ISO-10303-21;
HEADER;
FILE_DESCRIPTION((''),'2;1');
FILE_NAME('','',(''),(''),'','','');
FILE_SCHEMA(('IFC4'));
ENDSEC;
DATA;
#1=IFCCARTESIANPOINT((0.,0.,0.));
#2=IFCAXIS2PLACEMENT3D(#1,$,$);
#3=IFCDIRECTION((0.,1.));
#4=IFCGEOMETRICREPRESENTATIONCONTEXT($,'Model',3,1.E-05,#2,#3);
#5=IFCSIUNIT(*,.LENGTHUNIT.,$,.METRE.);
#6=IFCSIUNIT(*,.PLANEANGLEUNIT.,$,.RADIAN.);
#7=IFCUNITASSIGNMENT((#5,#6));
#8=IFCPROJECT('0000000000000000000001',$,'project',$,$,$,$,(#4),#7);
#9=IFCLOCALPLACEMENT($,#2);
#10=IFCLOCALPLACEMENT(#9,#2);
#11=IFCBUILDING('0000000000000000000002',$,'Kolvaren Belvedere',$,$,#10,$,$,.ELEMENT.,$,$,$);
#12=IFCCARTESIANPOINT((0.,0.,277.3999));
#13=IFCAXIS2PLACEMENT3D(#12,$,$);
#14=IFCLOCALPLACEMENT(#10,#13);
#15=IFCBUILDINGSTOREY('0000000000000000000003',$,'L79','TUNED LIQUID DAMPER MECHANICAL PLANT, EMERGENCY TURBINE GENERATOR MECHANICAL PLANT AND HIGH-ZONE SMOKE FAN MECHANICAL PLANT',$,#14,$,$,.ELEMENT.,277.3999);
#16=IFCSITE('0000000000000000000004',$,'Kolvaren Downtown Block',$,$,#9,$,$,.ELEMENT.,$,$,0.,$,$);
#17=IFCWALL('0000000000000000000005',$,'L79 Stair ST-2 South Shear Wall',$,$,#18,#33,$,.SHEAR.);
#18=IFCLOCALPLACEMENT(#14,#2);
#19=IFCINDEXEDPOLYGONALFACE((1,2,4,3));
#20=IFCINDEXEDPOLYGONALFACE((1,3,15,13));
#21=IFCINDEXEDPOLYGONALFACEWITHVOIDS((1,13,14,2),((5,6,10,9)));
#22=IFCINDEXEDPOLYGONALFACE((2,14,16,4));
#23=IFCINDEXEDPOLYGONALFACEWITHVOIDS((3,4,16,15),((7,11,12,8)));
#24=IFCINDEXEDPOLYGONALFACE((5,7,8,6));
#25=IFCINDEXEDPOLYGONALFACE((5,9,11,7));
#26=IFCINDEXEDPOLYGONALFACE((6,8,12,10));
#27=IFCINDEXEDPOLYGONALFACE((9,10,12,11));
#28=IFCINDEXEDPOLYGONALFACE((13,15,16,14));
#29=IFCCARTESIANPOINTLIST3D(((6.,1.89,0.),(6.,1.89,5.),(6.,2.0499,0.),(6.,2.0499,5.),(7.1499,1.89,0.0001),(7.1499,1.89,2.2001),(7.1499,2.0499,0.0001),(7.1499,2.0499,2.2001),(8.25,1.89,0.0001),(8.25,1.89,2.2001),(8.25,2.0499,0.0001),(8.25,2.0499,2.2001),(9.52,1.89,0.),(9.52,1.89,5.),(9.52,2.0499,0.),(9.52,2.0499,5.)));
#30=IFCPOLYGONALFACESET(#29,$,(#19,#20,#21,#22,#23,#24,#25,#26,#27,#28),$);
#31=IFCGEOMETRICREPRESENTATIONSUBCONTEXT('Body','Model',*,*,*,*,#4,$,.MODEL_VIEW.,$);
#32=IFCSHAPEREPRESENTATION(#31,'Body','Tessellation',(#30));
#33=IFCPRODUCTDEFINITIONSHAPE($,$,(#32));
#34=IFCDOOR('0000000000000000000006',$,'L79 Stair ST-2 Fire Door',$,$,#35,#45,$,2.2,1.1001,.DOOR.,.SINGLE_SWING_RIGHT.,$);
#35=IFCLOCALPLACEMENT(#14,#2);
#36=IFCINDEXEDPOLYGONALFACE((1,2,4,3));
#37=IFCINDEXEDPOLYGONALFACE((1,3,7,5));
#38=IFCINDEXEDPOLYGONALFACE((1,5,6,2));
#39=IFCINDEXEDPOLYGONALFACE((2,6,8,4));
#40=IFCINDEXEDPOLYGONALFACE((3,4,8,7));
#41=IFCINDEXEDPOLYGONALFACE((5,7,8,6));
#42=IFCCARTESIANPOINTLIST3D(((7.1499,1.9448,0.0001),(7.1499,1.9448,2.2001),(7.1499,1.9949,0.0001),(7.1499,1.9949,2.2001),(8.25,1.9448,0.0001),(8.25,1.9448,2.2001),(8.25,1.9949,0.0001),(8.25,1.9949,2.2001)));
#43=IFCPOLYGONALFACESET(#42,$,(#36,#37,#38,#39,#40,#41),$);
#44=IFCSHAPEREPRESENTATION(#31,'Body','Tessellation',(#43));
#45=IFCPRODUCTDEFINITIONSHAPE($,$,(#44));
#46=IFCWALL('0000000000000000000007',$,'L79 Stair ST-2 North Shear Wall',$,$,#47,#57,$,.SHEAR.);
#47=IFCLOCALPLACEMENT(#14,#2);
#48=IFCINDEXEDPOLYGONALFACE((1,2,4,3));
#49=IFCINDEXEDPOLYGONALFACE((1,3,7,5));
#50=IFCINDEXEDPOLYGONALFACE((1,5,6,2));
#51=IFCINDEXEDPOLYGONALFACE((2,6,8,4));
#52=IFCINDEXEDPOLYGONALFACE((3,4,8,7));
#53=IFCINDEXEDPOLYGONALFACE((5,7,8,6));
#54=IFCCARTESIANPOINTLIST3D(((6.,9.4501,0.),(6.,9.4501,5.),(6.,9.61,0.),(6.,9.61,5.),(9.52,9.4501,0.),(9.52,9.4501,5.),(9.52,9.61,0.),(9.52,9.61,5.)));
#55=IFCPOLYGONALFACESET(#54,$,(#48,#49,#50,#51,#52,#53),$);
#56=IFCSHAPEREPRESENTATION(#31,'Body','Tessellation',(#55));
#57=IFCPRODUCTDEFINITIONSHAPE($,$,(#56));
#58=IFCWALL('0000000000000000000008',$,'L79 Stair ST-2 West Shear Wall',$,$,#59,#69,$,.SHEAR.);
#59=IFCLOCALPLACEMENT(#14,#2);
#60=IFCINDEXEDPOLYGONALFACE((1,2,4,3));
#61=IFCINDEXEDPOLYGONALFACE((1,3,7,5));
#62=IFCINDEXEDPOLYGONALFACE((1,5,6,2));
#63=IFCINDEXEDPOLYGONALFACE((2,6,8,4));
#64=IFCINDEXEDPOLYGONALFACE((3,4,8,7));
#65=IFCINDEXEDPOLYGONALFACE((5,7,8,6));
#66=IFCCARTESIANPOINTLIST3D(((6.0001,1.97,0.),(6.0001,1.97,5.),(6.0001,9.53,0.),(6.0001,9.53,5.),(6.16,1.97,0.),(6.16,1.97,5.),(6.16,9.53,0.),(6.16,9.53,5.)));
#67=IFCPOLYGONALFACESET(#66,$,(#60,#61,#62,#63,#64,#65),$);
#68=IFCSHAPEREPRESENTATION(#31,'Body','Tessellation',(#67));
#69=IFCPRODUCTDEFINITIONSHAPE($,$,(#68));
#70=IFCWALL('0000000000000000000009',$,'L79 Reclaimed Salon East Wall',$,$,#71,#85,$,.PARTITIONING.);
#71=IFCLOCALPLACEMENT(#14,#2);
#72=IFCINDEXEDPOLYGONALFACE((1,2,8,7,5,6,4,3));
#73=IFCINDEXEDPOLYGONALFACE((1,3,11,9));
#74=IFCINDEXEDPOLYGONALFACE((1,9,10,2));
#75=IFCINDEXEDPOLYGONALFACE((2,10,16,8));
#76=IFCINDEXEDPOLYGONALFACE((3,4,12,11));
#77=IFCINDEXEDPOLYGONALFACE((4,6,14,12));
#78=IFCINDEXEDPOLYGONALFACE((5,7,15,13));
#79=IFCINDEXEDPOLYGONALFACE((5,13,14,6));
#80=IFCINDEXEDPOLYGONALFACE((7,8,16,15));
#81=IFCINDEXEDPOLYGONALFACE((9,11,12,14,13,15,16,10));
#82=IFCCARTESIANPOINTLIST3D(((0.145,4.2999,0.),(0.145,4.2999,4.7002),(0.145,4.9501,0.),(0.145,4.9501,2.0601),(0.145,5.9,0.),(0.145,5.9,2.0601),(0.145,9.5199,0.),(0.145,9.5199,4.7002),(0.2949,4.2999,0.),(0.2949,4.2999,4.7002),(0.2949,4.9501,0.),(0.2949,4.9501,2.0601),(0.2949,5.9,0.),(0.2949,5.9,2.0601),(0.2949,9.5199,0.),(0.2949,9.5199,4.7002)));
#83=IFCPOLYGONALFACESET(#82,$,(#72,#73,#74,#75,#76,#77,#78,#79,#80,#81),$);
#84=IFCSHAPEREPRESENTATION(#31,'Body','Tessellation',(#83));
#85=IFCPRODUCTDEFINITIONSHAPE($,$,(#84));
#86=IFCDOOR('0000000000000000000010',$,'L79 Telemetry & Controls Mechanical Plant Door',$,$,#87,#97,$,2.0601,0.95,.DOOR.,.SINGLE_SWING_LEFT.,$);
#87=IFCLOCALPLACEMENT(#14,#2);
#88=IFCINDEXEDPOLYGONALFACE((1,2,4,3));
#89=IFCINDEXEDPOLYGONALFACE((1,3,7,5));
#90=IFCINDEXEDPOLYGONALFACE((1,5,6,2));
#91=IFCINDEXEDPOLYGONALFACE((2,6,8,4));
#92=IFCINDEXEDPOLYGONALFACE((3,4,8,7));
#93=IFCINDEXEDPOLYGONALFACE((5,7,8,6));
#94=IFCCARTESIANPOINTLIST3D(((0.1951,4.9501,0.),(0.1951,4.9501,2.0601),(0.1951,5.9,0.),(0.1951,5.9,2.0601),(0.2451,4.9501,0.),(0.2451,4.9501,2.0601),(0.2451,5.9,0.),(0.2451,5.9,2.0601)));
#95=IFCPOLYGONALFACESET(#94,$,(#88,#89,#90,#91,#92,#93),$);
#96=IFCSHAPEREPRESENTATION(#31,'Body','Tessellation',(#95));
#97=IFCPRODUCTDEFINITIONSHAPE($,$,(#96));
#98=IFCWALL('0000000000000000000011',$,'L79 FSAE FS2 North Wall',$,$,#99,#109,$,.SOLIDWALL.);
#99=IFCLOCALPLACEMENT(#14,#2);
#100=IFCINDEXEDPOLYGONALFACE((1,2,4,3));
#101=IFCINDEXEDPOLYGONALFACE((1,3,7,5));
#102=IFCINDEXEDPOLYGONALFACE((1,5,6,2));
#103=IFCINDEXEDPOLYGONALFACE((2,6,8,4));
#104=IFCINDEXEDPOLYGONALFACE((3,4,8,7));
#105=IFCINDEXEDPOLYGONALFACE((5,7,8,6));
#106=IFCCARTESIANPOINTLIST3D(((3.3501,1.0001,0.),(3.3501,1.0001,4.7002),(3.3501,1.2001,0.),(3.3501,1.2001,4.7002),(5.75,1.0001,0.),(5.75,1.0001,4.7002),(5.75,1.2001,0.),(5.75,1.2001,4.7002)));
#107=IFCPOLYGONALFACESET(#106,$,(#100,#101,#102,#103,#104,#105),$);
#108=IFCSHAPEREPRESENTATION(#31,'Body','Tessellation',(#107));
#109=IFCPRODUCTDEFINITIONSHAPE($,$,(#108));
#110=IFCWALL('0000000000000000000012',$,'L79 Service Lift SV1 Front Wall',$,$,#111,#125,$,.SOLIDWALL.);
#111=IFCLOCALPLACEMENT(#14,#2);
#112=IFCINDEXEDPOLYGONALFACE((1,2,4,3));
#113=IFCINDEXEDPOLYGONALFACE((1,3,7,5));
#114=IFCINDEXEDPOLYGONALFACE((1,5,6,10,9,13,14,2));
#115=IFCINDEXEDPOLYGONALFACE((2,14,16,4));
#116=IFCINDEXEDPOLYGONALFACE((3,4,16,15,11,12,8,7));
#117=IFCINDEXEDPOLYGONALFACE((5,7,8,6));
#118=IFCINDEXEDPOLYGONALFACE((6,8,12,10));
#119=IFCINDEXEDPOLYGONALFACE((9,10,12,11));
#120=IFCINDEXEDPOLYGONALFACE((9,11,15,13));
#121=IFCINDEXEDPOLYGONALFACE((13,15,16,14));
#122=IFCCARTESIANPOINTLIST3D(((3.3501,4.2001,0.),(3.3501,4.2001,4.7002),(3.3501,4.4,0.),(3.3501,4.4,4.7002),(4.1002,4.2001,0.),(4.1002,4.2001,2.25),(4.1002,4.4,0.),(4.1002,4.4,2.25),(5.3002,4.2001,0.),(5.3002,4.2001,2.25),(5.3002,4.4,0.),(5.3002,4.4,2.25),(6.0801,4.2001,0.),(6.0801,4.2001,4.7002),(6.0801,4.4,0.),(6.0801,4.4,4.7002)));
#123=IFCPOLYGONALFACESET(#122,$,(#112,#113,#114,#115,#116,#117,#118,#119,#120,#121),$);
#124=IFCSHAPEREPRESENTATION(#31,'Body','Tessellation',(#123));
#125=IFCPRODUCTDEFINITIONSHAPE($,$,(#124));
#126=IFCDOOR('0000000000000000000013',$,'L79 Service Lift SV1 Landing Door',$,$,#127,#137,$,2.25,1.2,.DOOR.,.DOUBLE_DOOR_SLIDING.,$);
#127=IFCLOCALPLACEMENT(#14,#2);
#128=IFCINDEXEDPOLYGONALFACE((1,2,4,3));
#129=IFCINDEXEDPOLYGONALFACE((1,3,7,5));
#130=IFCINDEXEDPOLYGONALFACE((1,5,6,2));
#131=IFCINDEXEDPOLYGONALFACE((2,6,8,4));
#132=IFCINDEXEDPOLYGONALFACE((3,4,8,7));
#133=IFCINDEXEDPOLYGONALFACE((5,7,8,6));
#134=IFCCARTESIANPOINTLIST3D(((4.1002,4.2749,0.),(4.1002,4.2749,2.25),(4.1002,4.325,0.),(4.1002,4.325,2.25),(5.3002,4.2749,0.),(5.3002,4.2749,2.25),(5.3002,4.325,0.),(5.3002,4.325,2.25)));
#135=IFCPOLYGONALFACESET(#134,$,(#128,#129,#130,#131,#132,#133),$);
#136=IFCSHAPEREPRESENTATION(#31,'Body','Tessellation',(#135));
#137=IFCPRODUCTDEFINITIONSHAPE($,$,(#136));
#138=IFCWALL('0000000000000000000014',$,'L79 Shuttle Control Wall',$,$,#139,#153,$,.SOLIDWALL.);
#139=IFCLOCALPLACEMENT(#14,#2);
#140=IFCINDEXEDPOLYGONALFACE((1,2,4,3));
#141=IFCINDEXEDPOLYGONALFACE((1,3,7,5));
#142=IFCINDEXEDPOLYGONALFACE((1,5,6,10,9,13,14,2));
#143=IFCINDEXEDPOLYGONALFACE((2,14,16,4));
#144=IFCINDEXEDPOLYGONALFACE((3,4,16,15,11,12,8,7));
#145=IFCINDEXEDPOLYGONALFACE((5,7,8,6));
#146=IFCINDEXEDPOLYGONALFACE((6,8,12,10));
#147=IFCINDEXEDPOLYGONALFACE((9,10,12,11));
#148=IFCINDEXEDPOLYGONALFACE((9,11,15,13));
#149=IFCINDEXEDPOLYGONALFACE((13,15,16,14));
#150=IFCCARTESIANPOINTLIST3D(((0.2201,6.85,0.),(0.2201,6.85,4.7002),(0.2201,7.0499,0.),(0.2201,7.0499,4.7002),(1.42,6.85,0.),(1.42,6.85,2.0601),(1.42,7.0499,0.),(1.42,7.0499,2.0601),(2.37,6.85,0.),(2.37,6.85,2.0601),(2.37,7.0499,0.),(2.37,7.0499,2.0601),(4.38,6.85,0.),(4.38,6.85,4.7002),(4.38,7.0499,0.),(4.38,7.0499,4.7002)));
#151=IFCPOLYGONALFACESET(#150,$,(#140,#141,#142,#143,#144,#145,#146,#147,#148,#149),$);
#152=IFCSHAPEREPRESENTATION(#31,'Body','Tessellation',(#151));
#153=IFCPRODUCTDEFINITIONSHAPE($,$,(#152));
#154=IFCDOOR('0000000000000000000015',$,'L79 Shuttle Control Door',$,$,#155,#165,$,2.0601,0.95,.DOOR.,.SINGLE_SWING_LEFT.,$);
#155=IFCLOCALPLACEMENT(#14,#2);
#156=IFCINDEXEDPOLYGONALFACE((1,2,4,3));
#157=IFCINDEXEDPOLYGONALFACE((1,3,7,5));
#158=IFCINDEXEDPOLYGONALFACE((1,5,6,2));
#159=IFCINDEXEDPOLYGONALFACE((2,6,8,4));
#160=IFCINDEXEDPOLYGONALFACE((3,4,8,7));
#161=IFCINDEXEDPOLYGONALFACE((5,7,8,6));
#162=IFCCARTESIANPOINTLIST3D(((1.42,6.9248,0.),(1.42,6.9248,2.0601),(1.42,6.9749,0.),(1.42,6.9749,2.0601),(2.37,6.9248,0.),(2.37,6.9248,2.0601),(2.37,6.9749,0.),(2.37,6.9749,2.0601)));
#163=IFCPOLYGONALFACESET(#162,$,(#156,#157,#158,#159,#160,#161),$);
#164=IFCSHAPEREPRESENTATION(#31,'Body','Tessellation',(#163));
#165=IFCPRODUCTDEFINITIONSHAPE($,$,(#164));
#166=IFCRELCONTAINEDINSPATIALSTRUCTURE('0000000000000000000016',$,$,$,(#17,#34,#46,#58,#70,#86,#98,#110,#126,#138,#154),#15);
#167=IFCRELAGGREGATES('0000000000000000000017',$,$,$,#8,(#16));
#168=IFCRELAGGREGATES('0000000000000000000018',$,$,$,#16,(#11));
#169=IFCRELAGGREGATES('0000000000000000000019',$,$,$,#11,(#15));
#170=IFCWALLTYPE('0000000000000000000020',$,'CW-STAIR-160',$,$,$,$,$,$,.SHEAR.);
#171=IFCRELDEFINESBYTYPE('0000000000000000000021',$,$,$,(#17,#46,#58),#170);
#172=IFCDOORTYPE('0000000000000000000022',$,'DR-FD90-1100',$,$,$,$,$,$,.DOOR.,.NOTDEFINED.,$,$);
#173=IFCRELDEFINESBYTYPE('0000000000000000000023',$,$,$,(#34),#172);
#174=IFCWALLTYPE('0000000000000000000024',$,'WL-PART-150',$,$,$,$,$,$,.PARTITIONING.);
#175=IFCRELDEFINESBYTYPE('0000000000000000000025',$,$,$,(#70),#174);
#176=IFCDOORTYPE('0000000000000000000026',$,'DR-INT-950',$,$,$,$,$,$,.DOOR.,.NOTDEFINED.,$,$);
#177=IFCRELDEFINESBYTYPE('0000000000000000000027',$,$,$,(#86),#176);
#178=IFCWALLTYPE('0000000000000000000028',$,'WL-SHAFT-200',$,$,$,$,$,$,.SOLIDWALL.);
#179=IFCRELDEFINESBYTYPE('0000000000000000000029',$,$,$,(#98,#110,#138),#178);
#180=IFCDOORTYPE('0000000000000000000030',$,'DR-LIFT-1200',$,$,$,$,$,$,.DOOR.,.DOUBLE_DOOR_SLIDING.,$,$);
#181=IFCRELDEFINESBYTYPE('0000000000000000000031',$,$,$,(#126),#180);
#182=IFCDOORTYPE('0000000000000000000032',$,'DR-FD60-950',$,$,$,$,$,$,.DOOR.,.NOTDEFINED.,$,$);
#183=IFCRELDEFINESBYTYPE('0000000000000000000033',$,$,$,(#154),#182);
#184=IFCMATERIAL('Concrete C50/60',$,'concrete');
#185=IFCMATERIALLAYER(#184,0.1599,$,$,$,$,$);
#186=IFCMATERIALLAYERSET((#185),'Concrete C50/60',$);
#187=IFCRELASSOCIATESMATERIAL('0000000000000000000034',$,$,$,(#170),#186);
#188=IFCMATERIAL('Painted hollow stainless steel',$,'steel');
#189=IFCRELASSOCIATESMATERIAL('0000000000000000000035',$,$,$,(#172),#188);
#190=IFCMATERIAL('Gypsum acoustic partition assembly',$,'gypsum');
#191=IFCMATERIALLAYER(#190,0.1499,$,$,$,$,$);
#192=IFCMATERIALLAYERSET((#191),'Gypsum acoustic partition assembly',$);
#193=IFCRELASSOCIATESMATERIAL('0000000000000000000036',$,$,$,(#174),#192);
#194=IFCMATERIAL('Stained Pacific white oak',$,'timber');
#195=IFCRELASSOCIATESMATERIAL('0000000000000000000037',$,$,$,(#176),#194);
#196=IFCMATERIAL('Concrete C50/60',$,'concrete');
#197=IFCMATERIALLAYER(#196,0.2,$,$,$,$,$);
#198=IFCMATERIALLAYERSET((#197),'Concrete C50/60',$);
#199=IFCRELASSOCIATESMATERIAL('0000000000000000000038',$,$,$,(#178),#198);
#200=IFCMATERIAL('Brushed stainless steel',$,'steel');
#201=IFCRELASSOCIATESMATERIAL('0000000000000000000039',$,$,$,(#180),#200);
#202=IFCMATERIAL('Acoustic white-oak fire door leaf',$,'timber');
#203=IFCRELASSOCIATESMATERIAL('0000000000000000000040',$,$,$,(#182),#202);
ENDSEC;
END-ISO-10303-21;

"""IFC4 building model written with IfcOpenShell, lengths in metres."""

from ifc_helpers import new_model, si_unit, direction, frame, frame_2d, origin, place, context, subcontext, project, spatial, rectangle, extrude, material, layer, layer_set, type_object, element, fill, save


model = new_model("IFC4")

# Units and contexts
model_context = context("Model", 3, precision=1e-05, world=origin(), true_north=direction((0.0, 1.0)))
body_context = subcontext(model_context, "Body", "Model", "MODEL_VIEW")
ifc_project = project(units=[si_unit("LENGTHUNIT", "METRE"), si_unit("PLANEANGLEUNIT", "RADIAN")], contexts=[model_context])

# Site, building, storey
site_placement = place(None, origin())
site = spatial("IfcSite", under=ifc_project, at=site_placement, Name="Kolvaren Downtown Block", CompositionType="ELEMENT", RefElevation=0.0)
building_placement = place(site_placement, origin())
building = spatial("IfcBuilding", under=site, at=building_placement, Name="Kolvaren Belvedere", CompositionType="ELEMENT")
storey_placement = place(building_placement, frame((0.0, 0.0, 277.3999)))
storey = spatial("IfcBuildingStorey", under=building, at=storey_placement, Name="L79", Description="TUNED LIQUID DAMPER MECHANICAL PLANT, EMERGENCY TURBINE GENERATOR MECHANICAL PLANT AND HIGH-ZONE SMOKE FAN MECHANICAL PLANT", CompositionType="ELEMENT", Elevation=277.3999)

# Wall, opening, door
ifc_material_1 = material(Name="Concrete C50/60", Category="concrete")
ifc_layer_1 = layer(ifc_material_1, 0.1599)
ifc_layer_set_1 = layer_set([ifc_layer_1], Name="Concrete C50/60")
wall_type_1 = type_object("IfcWallType", Name="CW-STAIR-160", PredefinedType="SHEAR", material=ifc_layer_set_1)
wall_1_placement = place(storey_placement, frame((6.0, 1.97, 0.0), z_axis=(0.0, 0.0, 1.0), x_axis=(1.0, 0.0, 0.0)))
wall_1 = element("IfcWall", 1, at=wall_1_placement, inside=storey, type_object=wall_type_1, Name="L79 Stair ST-2 South Shear Wall", PredefinedType="SHEAR", context=body_context, shape_type="SweptSolid", body=[
    extrude(rectangle(XDim=3.52, YDim=0.1599, at=frame_2d((1.76, 0.0))), origin(), (0.0, 0.0, 1.0), 5.0),
])
opening_1_placement = place(wall_1_placement, frame((1.1499, 0.0, 0.0)))
opening_1 = element("IfcOpeningElement", 2, at=opening_1_placement, cuts=wall_1, PredefinedType="OPENING", context=body_context, shape_type="SweptSolid", body=[
    extrude(rectangle(XDim=1.1001, YDim=2.2, at=frame_2d((0.55, 1.1001))), frame((0.0, 0.0898, 0.0), z_axis=(0.0, -1.0, 0.0), x_axis=(1.0, 0.0, 0.0)), (0.0, 0.0, 1.0), 0.1799),
])
ifc_material_2 = material(Name="Painted hollow stainless steel", Category="steel")
door_type_1 = type_object("IfcDoorType", Name="DR-FD90-1100", OperationType="NOTDEFINED", PredefinedType="DOOR", material=ifc_material_2)
door_1_placement = place(opening_1_placement, origin())
door_1 = element("IfcDoor", 3, at=door_1_placement, inside=storey, type_object=door_type_1, Name="L79 Stair ST-2 Fire Door", OperationType="SINGLE_SWING_RIGHT", OverallHeight=2.2, OverallWidth=1.1001, PredefinedType="DOOR", context=body_context, shape_type="SweptSolid", body=[
    extrude(rectangle(XDim=1.1001, YDim=2.2, at=frame_2d((0.55, 1.1001))), frame((0.0, 0.0249, 0.0), z_axis=(0.0, -1.0, 0.0), x_axis=(1.0, 0.0, 0.0)), (0.0, 0.0, 1.0), 0.05),
])
fill(opening_1, door_1)

# Walls
wall_2_placement = place(storey_placement, frame((6.0, 9.53, 0.0), z_axis=(0.0, 0.0, 1.0), x_axis=(1.0, 0.0, 0.0)))
element("IfcWall", 4, at=wall_2_placement, inside=storey, type_object=wall_type_1, Name="L79 Stair ST-2 North Shear Wall", PredefinedType="SHEAR", context=body_context, shape_type="SweptSolid", body=[
    extrude(rectangle(XDim=3.52, YDim=0.1599, at=frame_2d((1.76, 0.0))), origin(), (0.0, 0.0, 1.0), 5.0),
])
wall_3_placement = place(storey_placement, frame((6.0801, 1.97, 0.0), z_axis=(0.0, 0.0, 1.0), x_axis=(0.0, 1.0, 0.0)))
element("IfcWall", 5, at=wall_3_placement, inside=storey, type_object=wall_type_1, Name="L79 Stair ST-2 West Shear Wall", PredefinedType="SHEAR", context=body_context, shape_type="SweptSolid", body=[
    extrude(rectangle(XDim=7.5601, YDim=0.1599, at=frame_2d((3.78, 0.0))), origin(), (0.0, 0.0, 1.0), 5.0),
])

# Wall, opening, door
ifc_material_3 = material(Name="Gypsum acoustic partition assembly", Category="gypsum")
ifc_layer_2 = layer(ifc_material_3, 0.1499)
ifc_layer_set_2 = layer_set([ifc_layer_2], Name="Gypsum acoustic partition assembly")
wall_type_2 = type_object("IfcWallType", Name="WL-PART-150", PredefinedType="PARTITIONING", material=ifc_layer_set_2)
wall_4_placement = place(storey_placement, frame((0.22, 4.3, 0.0), z_axis=(0.0, 0.0, 1.0), x_axis=(0.0, 1.0, 0.0)))
wall_4 = element("IfcWall", 6, at=wall_4_placement, inside=storey, type_object=wall_type_2, Name="L79 Reclaimed Salon East Wall", PredefinedType="PARTITIONING", context=body_context, shape_type="SweptSolid", body=[
    extrude(rectangle(XDim=5.22, YDim=0.1499, at=frame_2d((2.6099, 0.0))), origin(), (0.0, 0.0, 1.0), 4.7002),
])
opening_2_placement = place(wall_4_placement, frame((0.6499, 0.0, 0.0)))
opening_2 = element("IfcOpeningElement", 7, at=opening_2_placement, cuts=wall_4, PredefinedType="OPENING", context=body_context, shape_type="SweptSolid", body=[
    extrude(rectangle(XDim=0.95, YDim=2.0601, at=frame_2d((0.4751, 1.03))), frame((0.0, 0.085, 0.0), z_axis=(0.0, -1.0, 0.0), x_axis=(1.0, 0.0, 0.0)), (0.0, 0.0, 1.0), 0.1699),
])
ifc_material_4 = material(Name="Stained Pacific white oak", Category="timber")
door_type_2 = type_object("IfcDoorType", Name="DR-INT-950", OperationType="NOTDEFINED", PredefinedType="DOOR", material=ifc_material_4)
door_2_placement = place(opening_2_placement, origin())
door_2 = element("IfcDoor", 8, at=door_2_placement, inside=storey, type_object=door_type_2, Name="L79 Telemetry & Controls Mechanical Plant Door", OperationType="SINGLE_SWING_LEFT", OverallHeight=2.0601, OverallWidth=0.95, PredefinedType="DOOR", context=body_context, shape_type="SweptSolid", body=[
    extrude(rectangle(XDim=0.95, YDim=2.0601, at=frame_2d((0.4751, 1.03))), frame((0.0, 0.0249, 0.0), z_axis=(0.0, -1.0, 0.0), x_axis=(1.0, 0.0, 0.0)), (0.0, 0.0, 1.0), 0.05),
])
fill(opening_2, door_2)

# Wall
ifc_material_5 = material(Name="Concrete C50/60", Category="concrete")
ifc_layer_3 = layer(ifc_material_5, 0.2)
ifc_layer_set_3 = layer_set([ifc_layer_3], Name="Concrete C50/60")
wall_type_3 = type_object("IfcWallType", Name="WL-SHAFT-200", PredefinedType="SOLIDWALL", material=ifc_layer_set_3)
wall_5_placement = place(storey_placement, frame((3.3501, 1.1001, 0.0), z_axis=(0.0, 0.0, 1.0), x_axis=(1.0, 0.0, 0.0)))
element("IfcWall", 9, at=wall_5_placement, inside=storey, type_object=wall_type_3, Name="L79 FSAE FS2 North Wall", PredefinedType="SOLIDWALL", context=body_context, shape_type="SweptSolid", body=[
    extrude(rectangle(XDim=2.3999, YDim=0.2, at=frame_2d((1.2, 0.0))), origin(), (0.0, 0.0, 1.0), 4.7002),
])

# Walls, openings, doors
wall_6_placement = place(storey_placement, frame((3.3501, 4.3, 0.0), z_axis=(0.0, 0.0, 1.0), x_axis=(1.0, 0.0, 0.0)))
wall_6 = element("IfcWall", 10, at=wall_6_placement, inside=storey, type_object=wall_type_3, Name="L79 Service Lift SV1 Front Wall", PredefinedType="SOLIDWALL", context=body_context, shape_type="SweptSolid", body=[
    extrude(rectangle(XDim=2.73, YDim=0.2, at=frame_2d((1.365, 0.0))), origin(), (0.0, 0.0, 1.0), 4.7002),
])
opening_3_placement = place(wall_6_placement, frame((0.75, 0.0, 0.0)))
opening_3 = element("IfcOpeningElement", 11, at=opening_3_placement, cuts=wall_6, PredefinedType="OPENING", context=body_context, shape_type="SweptSolid", body=[
    extrude(rectangle(XDim=1.2, YDim=2.25, at=frame_2d((0.6001, 1.125))), frame((0.0, 0.1099, 0.0), z_axis=(0.0, -1.0, 0.0), x_axis=(1.0, 0.0, 0.0)), (0.0, 0.0, 1.0), 0.22),
])
ifc_material_6 = material(Name="Brushed stainless steel", Category="steel")
door_type_3 = type_object("IfcDoorType", Name="DR-LIFT-1200", OperationType="DOUBLE_DOOR_SLIDING", PredefinedType="DOOR", material=ifc_material_6)
door_3_placement = place(opening_3_placement, origin())
door_3 = element("IfcDoor", 12, at=door_3_placement, inside=storey, type_object=door_type_3, Name="L79 Service Lift SV1 Landing Door", OperationType="DOUBLE_DOOR_SLIDING", OverallHeight=2.25, OverallWidth=1.2, PredefinedType="DOOR", context=body_context, shape_type="SweptSolid", body=[
    extrude(rectangle(XDim=1.2, YDim=2.25, at=frame_2d((0.6001, 1.125))), frame((0.0, 0.0249, 0.0), z_axis=(0.0, -1.0, 0.0), x_axis=(1.0, 0.0, 0.0)), (0.0, 0.0, 1.0), 0.05),
])
fill(opening_3, door_3)
wall_7_placement = place(storey_placement, frame((0.22, 6.95, 0.0), z_axis=(0.0, 0.0, 1.0), x_axis=(1.0, 0.0, 0.0)))
wall_7 = element("IfcWall", 13, at=wall_7_placement, inside=storey, type_object=wall_type_3, Name="L79 Shuttle Control Wall", PredefinedType="SOLIDWALL", context=body_context, shape_type="SweptSolid", body=[
    extrude(rectangle(XDim=4.1599, YDim=0.2, at=frame_2d((2.0801, 0.0))), origin(), (0.0, 0.0, 1.0), 4.7002),
])
opening_4_placement = place(wall_7_placement, frame((1.2, 0.0, 0.0)))
opening_4 = element("IfcOpeningElement", 14, at=opening_4_placement, cuts=wall_7, PredefinedType="OPENING", context=body_context, shape_type="SweptSolid", body=[
    extrude(rectangle(XDim=0.95, YDim=2.0601, at=frame_2d((0.4751, 1.03))), frame((0.0, 0.1099, 0.0), z_axis=(0.0, -1.0, 0.0), x_axis=(1.0, 0.0, 0.0)), (0.0, 0.0, 1.0), 0.22),
])
ifc_material_7 = material(Name="Acoustic white-oak fire door leaf", Category="timber")
door_type_4 = type_object("IfcDoorType", Name="DR-FD60-950", OperationType="NOTDEFINED", PredefinedType="DOOR", material=ifc_material_7)
door_4_placement = place(opening_4_placement, origin())
door_4 = element("IfcDoor", 15, at=door_4_placement, inside=storey, type_object=door_type_4, Name="L79 Shuttle Control Door", OperationType="SINGLE_SWING_LEFT", OverallHeight=2.0601, OverallWidth=0.95, PredefinedType="DOOR", context=body_context, shape_type="SweptSolid", body=[
    extrude(rectangle(XDim=0.95, YDim=2.0601, at=frame_2d((0.4751, 1.03))), frame((0.0, 0.0249, 0.0), z_axis=(0.0, -1.0, 0.0), x_axis=(1.0, 0.0, 0.0)), (0.0, 0.0, 1.0), 0.05),
])
fill(opening_4, door_4)

save(model, "model.ifc")
